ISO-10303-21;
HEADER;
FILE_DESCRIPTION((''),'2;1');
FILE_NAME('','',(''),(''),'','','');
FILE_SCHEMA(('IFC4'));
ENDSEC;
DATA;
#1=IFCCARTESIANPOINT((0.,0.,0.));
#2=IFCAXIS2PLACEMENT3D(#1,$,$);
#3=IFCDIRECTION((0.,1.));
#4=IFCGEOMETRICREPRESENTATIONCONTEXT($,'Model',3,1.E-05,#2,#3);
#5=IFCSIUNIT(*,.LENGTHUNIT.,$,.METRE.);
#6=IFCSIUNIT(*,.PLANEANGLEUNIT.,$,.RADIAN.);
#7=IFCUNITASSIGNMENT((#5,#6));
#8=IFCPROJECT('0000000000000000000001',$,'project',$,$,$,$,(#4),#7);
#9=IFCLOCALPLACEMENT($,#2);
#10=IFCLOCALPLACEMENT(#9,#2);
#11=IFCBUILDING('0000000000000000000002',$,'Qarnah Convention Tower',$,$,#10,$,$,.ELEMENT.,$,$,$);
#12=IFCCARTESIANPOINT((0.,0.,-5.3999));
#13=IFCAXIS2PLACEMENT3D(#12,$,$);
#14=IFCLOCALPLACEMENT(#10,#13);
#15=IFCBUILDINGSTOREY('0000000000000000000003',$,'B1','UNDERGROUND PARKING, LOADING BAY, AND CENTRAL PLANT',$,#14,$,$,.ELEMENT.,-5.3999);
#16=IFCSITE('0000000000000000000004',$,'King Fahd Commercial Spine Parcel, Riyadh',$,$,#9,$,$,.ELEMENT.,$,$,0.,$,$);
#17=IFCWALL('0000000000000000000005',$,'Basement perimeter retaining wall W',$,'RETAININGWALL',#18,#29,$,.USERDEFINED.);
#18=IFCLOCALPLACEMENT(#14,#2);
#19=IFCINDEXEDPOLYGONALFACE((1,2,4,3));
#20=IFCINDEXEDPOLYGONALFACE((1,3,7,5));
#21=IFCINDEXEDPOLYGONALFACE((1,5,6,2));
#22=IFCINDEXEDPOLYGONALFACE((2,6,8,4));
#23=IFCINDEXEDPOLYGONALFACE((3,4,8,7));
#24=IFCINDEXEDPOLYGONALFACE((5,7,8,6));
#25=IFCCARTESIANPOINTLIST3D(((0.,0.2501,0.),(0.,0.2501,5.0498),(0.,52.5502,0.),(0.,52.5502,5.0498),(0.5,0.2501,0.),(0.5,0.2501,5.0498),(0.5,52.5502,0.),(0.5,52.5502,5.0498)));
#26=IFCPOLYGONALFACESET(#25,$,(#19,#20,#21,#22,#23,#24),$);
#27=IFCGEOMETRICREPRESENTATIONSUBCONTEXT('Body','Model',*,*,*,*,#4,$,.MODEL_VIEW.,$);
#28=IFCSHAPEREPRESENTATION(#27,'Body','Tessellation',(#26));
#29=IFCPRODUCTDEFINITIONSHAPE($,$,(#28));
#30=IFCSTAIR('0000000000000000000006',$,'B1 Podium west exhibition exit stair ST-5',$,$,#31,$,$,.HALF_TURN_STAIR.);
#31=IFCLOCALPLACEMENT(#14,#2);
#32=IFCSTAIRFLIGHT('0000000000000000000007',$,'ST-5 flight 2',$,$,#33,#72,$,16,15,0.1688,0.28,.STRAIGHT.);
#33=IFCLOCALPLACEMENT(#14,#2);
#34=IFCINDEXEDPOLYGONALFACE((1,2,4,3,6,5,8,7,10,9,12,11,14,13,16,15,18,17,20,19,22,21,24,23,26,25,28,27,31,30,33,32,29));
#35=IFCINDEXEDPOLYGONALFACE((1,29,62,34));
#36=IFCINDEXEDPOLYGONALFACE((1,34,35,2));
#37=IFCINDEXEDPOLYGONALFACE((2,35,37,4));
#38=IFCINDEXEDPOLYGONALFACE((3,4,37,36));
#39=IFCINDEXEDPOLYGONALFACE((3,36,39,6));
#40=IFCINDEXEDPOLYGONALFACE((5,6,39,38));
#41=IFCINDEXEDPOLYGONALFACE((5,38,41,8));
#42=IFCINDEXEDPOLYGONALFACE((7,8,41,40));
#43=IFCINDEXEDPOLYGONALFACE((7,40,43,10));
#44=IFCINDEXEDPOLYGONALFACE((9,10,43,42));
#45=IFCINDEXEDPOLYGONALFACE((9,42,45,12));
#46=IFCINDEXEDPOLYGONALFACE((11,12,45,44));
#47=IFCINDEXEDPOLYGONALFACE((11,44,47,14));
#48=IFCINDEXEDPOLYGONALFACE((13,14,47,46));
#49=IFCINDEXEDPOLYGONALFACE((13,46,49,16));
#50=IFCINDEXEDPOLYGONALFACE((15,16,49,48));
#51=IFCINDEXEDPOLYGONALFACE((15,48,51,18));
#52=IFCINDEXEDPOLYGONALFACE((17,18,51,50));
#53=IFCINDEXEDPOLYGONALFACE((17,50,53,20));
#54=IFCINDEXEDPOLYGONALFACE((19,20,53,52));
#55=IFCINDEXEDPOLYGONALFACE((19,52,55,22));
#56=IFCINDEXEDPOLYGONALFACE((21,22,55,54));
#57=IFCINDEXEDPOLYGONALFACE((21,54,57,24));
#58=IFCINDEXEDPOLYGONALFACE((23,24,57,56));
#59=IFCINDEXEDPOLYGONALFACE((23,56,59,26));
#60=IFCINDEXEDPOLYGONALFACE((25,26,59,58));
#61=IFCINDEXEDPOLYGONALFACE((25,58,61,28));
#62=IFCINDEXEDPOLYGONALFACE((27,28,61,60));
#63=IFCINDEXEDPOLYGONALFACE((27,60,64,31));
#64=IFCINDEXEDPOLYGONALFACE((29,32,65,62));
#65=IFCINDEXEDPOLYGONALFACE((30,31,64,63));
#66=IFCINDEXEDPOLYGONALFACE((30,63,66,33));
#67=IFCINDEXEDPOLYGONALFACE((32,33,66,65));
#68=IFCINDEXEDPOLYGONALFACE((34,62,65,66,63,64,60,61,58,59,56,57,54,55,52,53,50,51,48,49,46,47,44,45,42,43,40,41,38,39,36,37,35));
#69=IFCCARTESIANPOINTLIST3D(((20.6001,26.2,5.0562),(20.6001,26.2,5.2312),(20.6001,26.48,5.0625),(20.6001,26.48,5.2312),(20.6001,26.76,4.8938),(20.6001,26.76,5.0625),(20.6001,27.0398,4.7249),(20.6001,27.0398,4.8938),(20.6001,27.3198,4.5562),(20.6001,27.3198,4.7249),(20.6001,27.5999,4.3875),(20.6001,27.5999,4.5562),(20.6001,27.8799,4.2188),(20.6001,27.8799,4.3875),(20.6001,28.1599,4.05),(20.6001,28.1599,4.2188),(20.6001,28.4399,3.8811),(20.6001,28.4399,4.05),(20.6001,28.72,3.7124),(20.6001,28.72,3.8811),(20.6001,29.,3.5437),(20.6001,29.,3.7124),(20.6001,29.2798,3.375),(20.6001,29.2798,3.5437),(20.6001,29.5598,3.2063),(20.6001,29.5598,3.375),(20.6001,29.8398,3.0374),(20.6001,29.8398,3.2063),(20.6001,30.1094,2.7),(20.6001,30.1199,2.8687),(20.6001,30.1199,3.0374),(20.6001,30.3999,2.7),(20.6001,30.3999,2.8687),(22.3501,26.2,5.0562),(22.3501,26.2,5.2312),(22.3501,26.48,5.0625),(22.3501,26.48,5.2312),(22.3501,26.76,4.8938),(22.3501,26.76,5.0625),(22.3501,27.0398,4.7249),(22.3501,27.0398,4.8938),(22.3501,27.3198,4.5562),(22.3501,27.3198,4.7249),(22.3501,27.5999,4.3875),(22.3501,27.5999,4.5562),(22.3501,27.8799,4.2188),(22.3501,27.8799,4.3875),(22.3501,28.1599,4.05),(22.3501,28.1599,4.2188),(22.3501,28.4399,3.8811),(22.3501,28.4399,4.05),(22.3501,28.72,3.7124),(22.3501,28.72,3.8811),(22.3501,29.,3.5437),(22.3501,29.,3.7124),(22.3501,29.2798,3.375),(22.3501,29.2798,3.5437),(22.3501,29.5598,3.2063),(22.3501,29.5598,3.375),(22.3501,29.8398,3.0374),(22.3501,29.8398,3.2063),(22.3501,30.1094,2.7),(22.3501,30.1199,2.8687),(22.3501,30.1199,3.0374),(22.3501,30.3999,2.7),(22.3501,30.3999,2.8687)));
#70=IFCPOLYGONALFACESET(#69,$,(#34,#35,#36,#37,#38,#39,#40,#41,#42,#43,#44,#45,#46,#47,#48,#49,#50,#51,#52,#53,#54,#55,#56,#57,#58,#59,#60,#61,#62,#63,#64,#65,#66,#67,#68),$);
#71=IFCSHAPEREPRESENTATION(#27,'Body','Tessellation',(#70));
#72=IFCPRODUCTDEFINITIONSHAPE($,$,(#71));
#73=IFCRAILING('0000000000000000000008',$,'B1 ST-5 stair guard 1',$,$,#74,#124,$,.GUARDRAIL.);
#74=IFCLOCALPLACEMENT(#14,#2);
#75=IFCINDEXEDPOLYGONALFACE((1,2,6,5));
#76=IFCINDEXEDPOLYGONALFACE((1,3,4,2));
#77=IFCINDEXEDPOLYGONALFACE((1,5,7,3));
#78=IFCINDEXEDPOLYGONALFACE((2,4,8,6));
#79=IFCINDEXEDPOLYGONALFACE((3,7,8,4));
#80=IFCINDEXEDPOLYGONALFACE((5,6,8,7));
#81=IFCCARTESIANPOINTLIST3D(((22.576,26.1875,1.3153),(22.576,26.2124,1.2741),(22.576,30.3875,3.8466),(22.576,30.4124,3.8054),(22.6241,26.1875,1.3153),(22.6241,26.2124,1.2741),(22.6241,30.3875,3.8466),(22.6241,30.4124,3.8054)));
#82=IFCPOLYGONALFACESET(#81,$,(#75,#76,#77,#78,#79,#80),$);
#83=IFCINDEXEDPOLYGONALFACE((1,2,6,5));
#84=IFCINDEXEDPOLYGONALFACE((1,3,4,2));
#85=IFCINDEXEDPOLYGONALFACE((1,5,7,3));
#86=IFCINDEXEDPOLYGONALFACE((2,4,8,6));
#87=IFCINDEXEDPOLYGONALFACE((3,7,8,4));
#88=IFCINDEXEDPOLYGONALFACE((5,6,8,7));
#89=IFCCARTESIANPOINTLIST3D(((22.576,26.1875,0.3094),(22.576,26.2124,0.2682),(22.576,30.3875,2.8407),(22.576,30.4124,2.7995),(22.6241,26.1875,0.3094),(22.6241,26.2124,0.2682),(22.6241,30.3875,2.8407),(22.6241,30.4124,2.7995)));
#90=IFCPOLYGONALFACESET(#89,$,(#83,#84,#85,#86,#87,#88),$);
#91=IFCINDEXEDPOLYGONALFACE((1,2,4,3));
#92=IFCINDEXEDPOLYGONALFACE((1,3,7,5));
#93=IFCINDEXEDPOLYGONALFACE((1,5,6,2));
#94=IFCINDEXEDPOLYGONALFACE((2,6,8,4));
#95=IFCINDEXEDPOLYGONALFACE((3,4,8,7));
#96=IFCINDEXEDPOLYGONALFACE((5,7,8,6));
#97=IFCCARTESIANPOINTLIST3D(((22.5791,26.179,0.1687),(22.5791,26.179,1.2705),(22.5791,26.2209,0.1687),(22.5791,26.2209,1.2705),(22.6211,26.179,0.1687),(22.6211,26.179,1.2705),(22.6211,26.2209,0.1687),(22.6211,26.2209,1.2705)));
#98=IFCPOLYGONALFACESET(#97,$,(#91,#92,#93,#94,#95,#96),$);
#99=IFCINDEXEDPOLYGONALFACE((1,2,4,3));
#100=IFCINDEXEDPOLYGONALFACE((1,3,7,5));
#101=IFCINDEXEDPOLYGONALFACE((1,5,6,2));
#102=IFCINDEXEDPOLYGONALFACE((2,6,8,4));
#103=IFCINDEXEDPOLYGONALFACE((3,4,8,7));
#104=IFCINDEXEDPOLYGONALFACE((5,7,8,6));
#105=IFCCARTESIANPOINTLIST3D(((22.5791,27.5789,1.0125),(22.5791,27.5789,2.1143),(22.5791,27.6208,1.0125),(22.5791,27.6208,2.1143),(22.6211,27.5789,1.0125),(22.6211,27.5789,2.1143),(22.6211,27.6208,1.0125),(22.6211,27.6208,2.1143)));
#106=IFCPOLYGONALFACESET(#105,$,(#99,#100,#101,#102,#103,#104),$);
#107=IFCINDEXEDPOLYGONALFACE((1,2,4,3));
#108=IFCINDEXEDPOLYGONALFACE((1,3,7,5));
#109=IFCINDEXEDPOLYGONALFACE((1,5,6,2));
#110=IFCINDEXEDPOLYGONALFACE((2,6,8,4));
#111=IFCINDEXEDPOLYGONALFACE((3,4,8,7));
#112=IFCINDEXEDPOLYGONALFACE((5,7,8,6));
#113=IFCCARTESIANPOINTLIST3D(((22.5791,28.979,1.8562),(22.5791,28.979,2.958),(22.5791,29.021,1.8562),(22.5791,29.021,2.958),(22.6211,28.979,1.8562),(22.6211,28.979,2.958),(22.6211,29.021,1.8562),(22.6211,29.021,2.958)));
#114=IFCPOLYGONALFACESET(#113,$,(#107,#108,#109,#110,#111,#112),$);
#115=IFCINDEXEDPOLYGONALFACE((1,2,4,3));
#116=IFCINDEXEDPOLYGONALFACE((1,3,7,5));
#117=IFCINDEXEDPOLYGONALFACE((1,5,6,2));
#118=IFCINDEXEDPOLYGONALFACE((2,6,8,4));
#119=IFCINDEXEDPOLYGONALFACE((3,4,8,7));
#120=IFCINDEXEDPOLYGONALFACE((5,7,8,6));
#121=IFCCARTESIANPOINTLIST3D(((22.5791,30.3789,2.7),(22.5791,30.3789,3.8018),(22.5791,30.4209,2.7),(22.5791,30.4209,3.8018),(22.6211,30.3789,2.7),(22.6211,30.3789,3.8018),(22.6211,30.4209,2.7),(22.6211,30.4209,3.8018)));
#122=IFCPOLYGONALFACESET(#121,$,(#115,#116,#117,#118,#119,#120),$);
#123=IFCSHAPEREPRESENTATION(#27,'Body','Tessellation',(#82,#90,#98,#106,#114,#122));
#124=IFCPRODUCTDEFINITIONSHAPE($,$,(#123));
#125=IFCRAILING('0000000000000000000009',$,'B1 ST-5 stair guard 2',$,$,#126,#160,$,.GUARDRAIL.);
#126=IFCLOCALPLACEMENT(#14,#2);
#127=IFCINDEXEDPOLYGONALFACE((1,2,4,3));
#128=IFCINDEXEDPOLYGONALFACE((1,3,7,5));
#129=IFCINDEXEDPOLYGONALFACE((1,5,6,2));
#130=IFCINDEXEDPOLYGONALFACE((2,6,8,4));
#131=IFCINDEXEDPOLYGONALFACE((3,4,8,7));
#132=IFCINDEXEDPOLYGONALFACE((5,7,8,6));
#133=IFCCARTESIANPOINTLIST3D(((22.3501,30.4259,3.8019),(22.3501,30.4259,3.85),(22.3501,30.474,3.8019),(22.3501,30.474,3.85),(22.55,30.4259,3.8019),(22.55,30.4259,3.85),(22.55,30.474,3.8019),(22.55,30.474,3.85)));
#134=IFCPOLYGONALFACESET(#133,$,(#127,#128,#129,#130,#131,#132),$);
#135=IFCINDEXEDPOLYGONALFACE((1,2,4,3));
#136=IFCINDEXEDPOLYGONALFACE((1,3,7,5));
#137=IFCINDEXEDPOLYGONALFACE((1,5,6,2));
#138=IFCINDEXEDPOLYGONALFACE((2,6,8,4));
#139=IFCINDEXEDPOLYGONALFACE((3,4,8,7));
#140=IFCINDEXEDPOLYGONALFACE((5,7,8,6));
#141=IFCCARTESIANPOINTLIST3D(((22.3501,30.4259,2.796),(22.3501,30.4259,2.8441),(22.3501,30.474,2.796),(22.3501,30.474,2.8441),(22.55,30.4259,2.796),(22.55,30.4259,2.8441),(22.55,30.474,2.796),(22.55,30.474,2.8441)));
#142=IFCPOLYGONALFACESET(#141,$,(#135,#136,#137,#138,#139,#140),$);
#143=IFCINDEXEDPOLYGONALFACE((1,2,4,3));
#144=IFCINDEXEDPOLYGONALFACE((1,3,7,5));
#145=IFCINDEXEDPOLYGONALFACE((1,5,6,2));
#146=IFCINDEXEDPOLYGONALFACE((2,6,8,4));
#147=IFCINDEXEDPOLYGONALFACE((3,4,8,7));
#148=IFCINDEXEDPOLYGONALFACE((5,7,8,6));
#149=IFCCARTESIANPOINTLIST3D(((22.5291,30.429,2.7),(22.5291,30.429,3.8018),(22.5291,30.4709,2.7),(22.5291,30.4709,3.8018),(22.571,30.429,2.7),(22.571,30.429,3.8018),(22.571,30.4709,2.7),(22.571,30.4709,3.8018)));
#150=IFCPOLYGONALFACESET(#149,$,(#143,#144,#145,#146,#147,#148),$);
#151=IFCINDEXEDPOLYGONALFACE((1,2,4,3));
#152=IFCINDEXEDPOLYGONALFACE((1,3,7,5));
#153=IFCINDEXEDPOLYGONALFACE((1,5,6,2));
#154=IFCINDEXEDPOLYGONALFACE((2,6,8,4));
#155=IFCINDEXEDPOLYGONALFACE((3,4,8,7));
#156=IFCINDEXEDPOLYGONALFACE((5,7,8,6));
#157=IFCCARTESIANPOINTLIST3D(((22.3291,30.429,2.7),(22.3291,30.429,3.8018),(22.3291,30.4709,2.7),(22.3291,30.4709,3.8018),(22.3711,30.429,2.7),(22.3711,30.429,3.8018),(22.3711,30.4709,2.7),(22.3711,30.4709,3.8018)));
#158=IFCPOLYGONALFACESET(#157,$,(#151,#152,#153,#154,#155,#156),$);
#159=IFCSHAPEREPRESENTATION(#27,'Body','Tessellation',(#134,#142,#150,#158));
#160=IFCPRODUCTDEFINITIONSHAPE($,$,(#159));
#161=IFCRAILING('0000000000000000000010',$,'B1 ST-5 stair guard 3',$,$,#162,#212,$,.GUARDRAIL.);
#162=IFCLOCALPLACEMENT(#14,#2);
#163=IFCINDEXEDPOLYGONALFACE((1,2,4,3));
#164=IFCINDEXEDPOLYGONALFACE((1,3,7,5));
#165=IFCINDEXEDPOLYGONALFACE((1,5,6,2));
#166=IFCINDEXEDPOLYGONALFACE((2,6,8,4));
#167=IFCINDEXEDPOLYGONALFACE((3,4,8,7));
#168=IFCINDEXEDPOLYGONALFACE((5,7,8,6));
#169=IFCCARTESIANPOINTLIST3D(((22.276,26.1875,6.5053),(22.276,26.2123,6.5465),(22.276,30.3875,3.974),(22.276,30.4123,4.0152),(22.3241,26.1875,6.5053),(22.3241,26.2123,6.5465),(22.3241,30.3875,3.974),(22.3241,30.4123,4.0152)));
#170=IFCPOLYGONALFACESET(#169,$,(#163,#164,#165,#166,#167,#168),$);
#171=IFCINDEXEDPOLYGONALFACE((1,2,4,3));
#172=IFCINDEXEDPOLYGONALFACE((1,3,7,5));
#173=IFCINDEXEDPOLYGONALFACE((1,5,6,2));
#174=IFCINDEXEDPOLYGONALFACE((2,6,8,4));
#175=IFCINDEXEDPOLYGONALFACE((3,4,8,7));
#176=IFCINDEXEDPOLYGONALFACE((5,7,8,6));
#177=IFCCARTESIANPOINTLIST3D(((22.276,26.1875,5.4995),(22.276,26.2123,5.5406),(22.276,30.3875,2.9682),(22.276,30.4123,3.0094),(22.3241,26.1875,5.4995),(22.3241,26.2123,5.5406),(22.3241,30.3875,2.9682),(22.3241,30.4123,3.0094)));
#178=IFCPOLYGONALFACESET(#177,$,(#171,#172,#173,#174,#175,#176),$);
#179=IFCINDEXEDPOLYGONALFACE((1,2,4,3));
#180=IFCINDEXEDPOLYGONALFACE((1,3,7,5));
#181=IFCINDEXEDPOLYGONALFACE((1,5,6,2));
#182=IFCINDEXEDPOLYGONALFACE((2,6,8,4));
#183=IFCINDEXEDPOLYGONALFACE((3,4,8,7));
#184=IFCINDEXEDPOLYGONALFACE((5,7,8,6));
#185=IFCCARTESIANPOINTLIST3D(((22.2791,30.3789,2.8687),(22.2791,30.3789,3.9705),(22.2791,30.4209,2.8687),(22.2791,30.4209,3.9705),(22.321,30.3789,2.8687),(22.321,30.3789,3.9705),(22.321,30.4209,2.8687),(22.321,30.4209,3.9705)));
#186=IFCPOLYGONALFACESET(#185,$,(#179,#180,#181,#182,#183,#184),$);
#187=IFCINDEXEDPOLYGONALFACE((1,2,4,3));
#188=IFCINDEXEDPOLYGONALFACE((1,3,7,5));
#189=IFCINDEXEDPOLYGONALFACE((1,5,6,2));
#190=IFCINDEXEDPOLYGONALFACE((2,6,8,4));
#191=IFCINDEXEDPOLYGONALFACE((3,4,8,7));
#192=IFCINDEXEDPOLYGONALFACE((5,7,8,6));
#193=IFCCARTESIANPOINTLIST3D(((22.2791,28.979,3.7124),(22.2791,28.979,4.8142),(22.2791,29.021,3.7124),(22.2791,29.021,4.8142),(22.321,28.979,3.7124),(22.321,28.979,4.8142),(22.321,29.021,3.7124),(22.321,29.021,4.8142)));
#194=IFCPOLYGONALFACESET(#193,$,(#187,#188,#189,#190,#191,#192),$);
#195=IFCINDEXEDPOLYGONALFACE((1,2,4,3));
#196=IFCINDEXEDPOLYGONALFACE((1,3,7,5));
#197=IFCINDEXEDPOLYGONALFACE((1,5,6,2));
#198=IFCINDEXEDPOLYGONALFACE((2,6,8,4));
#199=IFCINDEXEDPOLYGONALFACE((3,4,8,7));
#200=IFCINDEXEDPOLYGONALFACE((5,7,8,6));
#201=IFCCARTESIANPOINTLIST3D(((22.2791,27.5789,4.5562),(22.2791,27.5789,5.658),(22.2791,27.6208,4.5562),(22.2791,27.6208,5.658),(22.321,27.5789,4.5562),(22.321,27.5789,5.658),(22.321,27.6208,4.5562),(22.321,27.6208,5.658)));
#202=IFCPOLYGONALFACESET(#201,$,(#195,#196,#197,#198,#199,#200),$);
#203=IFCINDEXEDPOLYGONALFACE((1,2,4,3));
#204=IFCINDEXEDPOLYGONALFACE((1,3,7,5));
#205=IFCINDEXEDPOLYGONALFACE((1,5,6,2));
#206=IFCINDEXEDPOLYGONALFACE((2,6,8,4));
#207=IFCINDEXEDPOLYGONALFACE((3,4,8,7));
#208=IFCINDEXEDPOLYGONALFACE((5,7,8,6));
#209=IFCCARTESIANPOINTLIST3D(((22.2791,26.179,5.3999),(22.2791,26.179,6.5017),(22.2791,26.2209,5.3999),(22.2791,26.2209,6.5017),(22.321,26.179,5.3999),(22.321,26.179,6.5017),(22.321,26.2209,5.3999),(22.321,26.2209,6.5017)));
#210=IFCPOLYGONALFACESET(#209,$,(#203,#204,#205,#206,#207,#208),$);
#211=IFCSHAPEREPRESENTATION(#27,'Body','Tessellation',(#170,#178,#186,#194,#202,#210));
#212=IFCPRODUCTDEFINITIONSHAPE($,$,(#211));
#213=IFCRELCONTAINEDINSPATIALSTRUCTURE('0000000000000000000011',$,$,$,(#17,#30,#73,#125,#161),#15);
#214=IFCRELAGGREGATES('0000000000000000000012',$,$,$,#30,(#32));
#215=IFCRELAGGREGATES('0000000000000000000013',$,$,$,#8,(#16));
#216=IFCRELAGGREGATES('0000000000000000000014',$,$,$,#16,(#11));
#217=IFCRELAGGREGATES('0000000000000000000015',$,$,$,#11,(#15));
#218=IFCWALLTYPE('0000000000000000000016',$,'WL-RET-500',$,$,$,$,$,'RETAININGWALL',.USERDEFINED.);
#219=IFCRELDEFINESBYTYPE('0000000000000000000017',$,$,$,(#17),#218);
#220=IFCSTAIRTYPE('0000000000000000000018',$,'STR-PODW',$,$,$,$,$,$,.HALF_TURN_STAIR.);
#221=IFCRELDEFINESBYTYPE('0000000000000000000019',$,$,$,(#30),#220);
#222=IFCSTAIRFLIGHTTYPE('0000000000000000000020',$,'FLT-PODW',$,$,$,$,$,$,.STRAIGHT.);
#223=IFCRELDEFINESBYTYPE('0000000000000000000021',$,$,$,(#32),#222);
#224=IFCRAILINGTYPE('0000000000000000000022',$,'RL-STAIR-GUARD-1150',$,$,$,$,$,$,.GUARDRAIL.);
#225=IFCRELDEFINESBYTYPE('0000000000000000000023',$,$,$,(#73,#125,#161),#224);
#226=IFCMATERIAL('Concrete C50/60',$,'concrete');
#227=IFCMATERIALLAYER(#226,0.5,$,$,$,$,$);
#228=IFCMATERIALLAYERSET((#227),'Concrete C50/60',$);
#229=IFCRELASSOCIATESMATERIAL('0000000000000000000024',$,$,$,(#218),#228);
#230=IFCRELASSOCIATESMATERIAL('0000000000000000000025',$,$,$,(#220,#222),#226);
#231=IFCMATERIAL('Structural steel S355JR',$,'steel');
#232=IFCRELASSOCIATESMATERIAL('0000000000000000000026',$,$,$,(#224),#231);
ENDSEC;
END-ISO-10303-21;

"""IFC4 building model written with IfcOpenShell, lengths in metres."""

from ifc_helpers import new_model, si_unit, direction, frame, frame_2d, origin, origin_2d, place, context, subcontext, project, spatial, polyline, rectangle, outline, extrude, material, layer, layer_set, type_object, element, aggregate, save


model = new_model("IFC4")

# Units and contexts
model_context = context("Model", 3, precision=1e-05, world=origin(), true_north=direction((0.0, 1.0)))
body_context = subcontext(model_context, "Body", "Model", "MODEL_VIEW")
ifc_project = project(units=[si_unit("LENGTHUNIT", "METRE"), si_unit("PLANEANGLEUNIT", "RADIAN")], contexts=[model_context])

# Site, building, storey
site_placement = place(None, origin())
site = spatial("IfcSite", under=ifc_project, at=site_placement, Name="King Fahd Commercial Spine Parcel, Riyadh", CompositionType="ELEMENT", RefElevation=0.0)
building_placement = place(site_placement, origin())
building = spatial("IfcBuilding", under=site, at=building_placement, Name="Qarnah Convention Tower", CompositionType="ELEMENT")
storey_placement = place(building_placement, frame((0.0, 0.0, -5.3999)))
storey = spatial("IfcBuildingStorey", under=building, at=storey_placement, Name="B1", Description="UNDERGROUND PARKING, LOADING BAY, AND CENTRAL PLANT", CompositionType="ELEMENT", Elevation=-5.3999)

# Shared definitions
ifc_material_1 = material(Name="Concrete C50/60", Category="concrete")

# Shared definitions
ifc_material_2 = material(Name="Structural steel S355JR", Category="steel")

# Wall
ifc_layer_1 = layer(ifc_material_1, 0.5)
ifc_layer_set_1 = layer_set([ifc_layer_1], Name="Concrete C50/60")
wall_type_1 = type_object("IfcWallType", Name="WL-RET-500", ElementType="RETAININGWALL", PredefinedType="USERDEFINED", material=ifc_layer_set_1)
wall_1_placement = place(storey_placement, frame((0.25, 52.55, 0.0), z_axis=(0.0, 0.0, 1.0), x_axis=(0.0, -1.0, 0.0)))
element("IfcWall", 1, at=wall_1_placement, inside=storey, type_object=wall_type_1, Name="Basement perimeter retaining wall W", ObjectType="RETAININGWALL", PredefinedType="USERDEFINED", context=body_context, shape_type="SweptSolid", body=[
    extrude(rectangle(XDim=52.3, YDim=0.5, at=frame_2d((26.1499, 0.0))), origin(), (0.0, 0.0, 1.0), 5.0498),
])

# Stair, stair flight
stair_type = type_object("IfcStairType", Name="STR-PODW", PredefinedType="HALF_TURN_STAIR", material=ifc_material_1)
stair_placement = place(storey_placement, origin())
stair = element("IfcStair", 2, at=stair_placement, inside=storey, type_object=stair_type, Name="B1 Podium west exhibition exit stair ST-5", PredefinedType="HALF_TURN_STAIR")
stair_flight_type = type_object("IfcStairFlightType", Name="FLT-PODW", PredefinedType="STRAIGHT", material=ifc_material_1)
stair_flight_placement = place(storey_placement, frame((21.4751, 30.3999, 2.7), z_axis=(0.0, 0.0, 1.0), x_axis=(0.0, -1.0, 0.0)))
stair_flight = element("IfcStairFlight", 3, at=stair_flight_placement, type_object=stair_flight_type, Name="ST-5 flight 2", NumberOfRisers=16, NumberOfTreads=15, PredefinedType="STRAIGHT", RiserHeight=0.1688, TreadLength=0.28, context=body_context, shape_type="SweptSolid", body=[
    extrude(outline(polyline([(0.0, 0.0), (0.0, 0.1687), (0.28, 0.1687), (0.28, 0.3374), (0.5601, 0.3374), (0.5601, 0.5063), (0.8401, 0.5063), (0.8401, 0.675), (1.1201, 0.675), (1.1201, 0.8438), (1.3999, 0.8438), (1.3999, 1.0125), (1.6799, 1.0125), (1.6799, 1.1812), (1.96, 1.1812), (1.96, 1.3501), (2.24, 1.3501), (2.24, 1.5188), (2.52, 1.5188), (2.52, 1.6875), (2.8, 1.6875), (2.8, 1.8562), (3.0801, 1.8562), (3.0801, 2.0249), (3.3601, 2.0249), (3.3601, 2.1938), (3.6399, 2.1938), (3.6399, 2.3625), (3.9199, 2.3625), (3.9199, 2.5312), (4.2, 2.5312), (4.2, 2.7), (4.2, 2.3562), (0.2905, 0.0), (0.0, 0.0)])), frame((0.0, 0.875, 0.0), z_axis=(0.0, -1.0, 0.0), x_axis=(1.0, 0.0, 0.0)), (0.0, 0.0, 1.0), 1.75),
])
aggregate(stair, [stair_flight])

# Railings
railing_type_1 = type_object("IfcRailingType", Name="RL-STAIR-GUARD-1150", PredefinedType="GUARDRAIL", material=ifc_material_2)
railing_1_placement = place(storey_placement, frame((22.6001, 26.2, 0.1687)))
element("IfcRailing", 4, at=railing_1_placement, inside=storey, type_object=railing_type_1, Name="B1 ST-5 stair guard 1", PredefinedType="GUARDRAIL", context=body_context, shape_type="SweptSolid", body=[
    extrude(rectangle(XDim=0.0481, YDim=0.0481, at=origin_2d()), frame((0.0, 0.0, 1.126), z_axis=(0.0, 0.856476, 0.516186), x_axis=(-1.0, 0.0, 0.0)), (0.0, 0.0, 1.0), 4.9038),
    extrude(rectangle(XDim=0.0481, YDim=0.0481, at=origin_2d()), frame((0.0, 0.0, 0.1201), z_axis=(0.0, 0.856476, 0.516186), x_axis=(-1.0, 0.0, 0.0)), (0.0, 0.0, 1.0), 4.9038),
    extrude(rectangle(XDim=0.042, YDim=0.042, at=origin_2d()), origin(), (0.0, 0.0, 1.0), 1.1018),
    extrude(rectangle(XDim=0.042, YDim=0.042, at=origin_2d()), frame((0.0, 1.3999, 0.8438)), (0.0, 0.0, 1.0), 1.1018),
    extrude(rectangle(XDim=0.042, YDim=0.042, at=origin_2d()), frame((0.0, 2.8, 1.6875)), (0.0, 0.0, 1.0), 1.1018),
    extrude(rectangle(XDim=0.042, YDim=0.042, at=origin_2d()), frame((0.0, 4.2, 2.5312)), (0.0, 0.0, 1.0), 1.1018),
])
railing_2_placement = place(storey_placement, frame((22.55, 30.45, 2.7)))
element("IfcRailing", 5, at=railing_2_placement, inside=storey, type_object=railing_type_1, Name="B1 ST-5 stair guard 2", PredefinedType="GUARDRAIL", context=body_context, shape_type="SweptSolid", body=[
    extrude(rectangle(XDim=0.0481, YDim=0.0481, at=origin_2d()), frame((0.0, 0.0, 1.126), z_axis=(-1.0, 0.0, 0.0), x_axis=(0.0, -1.0, 0.0)), (0.0, 0.0, 1.0), 0.2),
    extrude(rectangle(XDim=0.0481, YDim=0.0481, at=origin_2d()), frame((0.0, 0.0, 0.1201), z_axis=(-1.0, 0.0, 0.0), x_axis=(0.0, -1.0, 0.0)), (0.0, 0.0, 1.0), 0.2),
    extrude(rectangle(XDim=0.042, YDim=0.042, at=origin_2d()), origin(), (0.0, 0.0, 1.0), 1.1018),
    extrude(rectangle(XDim=0.042, YDim=0.042, at=origin_2d()), frame((-0.2, 0.0, 0.0)), (0.0, 0.0, 1.0), 1.1018),
])
railing_3_placement = place(storey_placement, frame((22.3, 30.3999, 2.8687)))
element("IfcRailing", 6, at=railing_3_placement, inside=storey, type_object=railing_type_1, Name="B1 ST-5 stair guard 3", PredefinedType="GUARDRAIL", context=body_context, shape_type="SweptSolid", body=[
    extrude(rectangle(XDim=0.0481, YDim=0.0481, at=origin_2d()), frame((0.0, 0.0, 1.126), z_axis=(0.0, -0.856476, 0.516186), x_axis=(1.0, 0.0, 0.0)), (0.0, 0.0, 1.0), 4.9038),
    extrude(rectangle(XDim=0.0481, YDim=0.0481, at=origin_2d()), frame((0.0, 0.0, 0.1201), z_axis=(0.0, -0.856476, 0.516186), x_axis=(1.0, 0.0, 0.0)), (0.0, 0.0, 1.0), 4.9038),
    extrude(rectangle(XDim=0.042, YDim=0.042, at=origin_2d()), origin(), (0.0, 0.0, 1.0), 1.1018),
    extrude(rectangle(XDim=0.042, YDim=0.042, at=origin_2d()), frame((0.0, -1.3999, 0.8438)), (0.0, 0.0, 1.0), 1.1018),
    extrude(rectangle(XDim=0.042, YDim=0.042, at=origin_2d()), frame((0.0, -2.8, 1.6875)), (0.0, 0.0, 1.0), 1.1018),
    extrude(rectangle(XDim=0.042, YDim=0.042, at=origin_2d()), frame((0.0, -4.2, 2.5312)), (0.0, 0.0, 1.0), 1.1018),
])

save(model, "model.ifc")
